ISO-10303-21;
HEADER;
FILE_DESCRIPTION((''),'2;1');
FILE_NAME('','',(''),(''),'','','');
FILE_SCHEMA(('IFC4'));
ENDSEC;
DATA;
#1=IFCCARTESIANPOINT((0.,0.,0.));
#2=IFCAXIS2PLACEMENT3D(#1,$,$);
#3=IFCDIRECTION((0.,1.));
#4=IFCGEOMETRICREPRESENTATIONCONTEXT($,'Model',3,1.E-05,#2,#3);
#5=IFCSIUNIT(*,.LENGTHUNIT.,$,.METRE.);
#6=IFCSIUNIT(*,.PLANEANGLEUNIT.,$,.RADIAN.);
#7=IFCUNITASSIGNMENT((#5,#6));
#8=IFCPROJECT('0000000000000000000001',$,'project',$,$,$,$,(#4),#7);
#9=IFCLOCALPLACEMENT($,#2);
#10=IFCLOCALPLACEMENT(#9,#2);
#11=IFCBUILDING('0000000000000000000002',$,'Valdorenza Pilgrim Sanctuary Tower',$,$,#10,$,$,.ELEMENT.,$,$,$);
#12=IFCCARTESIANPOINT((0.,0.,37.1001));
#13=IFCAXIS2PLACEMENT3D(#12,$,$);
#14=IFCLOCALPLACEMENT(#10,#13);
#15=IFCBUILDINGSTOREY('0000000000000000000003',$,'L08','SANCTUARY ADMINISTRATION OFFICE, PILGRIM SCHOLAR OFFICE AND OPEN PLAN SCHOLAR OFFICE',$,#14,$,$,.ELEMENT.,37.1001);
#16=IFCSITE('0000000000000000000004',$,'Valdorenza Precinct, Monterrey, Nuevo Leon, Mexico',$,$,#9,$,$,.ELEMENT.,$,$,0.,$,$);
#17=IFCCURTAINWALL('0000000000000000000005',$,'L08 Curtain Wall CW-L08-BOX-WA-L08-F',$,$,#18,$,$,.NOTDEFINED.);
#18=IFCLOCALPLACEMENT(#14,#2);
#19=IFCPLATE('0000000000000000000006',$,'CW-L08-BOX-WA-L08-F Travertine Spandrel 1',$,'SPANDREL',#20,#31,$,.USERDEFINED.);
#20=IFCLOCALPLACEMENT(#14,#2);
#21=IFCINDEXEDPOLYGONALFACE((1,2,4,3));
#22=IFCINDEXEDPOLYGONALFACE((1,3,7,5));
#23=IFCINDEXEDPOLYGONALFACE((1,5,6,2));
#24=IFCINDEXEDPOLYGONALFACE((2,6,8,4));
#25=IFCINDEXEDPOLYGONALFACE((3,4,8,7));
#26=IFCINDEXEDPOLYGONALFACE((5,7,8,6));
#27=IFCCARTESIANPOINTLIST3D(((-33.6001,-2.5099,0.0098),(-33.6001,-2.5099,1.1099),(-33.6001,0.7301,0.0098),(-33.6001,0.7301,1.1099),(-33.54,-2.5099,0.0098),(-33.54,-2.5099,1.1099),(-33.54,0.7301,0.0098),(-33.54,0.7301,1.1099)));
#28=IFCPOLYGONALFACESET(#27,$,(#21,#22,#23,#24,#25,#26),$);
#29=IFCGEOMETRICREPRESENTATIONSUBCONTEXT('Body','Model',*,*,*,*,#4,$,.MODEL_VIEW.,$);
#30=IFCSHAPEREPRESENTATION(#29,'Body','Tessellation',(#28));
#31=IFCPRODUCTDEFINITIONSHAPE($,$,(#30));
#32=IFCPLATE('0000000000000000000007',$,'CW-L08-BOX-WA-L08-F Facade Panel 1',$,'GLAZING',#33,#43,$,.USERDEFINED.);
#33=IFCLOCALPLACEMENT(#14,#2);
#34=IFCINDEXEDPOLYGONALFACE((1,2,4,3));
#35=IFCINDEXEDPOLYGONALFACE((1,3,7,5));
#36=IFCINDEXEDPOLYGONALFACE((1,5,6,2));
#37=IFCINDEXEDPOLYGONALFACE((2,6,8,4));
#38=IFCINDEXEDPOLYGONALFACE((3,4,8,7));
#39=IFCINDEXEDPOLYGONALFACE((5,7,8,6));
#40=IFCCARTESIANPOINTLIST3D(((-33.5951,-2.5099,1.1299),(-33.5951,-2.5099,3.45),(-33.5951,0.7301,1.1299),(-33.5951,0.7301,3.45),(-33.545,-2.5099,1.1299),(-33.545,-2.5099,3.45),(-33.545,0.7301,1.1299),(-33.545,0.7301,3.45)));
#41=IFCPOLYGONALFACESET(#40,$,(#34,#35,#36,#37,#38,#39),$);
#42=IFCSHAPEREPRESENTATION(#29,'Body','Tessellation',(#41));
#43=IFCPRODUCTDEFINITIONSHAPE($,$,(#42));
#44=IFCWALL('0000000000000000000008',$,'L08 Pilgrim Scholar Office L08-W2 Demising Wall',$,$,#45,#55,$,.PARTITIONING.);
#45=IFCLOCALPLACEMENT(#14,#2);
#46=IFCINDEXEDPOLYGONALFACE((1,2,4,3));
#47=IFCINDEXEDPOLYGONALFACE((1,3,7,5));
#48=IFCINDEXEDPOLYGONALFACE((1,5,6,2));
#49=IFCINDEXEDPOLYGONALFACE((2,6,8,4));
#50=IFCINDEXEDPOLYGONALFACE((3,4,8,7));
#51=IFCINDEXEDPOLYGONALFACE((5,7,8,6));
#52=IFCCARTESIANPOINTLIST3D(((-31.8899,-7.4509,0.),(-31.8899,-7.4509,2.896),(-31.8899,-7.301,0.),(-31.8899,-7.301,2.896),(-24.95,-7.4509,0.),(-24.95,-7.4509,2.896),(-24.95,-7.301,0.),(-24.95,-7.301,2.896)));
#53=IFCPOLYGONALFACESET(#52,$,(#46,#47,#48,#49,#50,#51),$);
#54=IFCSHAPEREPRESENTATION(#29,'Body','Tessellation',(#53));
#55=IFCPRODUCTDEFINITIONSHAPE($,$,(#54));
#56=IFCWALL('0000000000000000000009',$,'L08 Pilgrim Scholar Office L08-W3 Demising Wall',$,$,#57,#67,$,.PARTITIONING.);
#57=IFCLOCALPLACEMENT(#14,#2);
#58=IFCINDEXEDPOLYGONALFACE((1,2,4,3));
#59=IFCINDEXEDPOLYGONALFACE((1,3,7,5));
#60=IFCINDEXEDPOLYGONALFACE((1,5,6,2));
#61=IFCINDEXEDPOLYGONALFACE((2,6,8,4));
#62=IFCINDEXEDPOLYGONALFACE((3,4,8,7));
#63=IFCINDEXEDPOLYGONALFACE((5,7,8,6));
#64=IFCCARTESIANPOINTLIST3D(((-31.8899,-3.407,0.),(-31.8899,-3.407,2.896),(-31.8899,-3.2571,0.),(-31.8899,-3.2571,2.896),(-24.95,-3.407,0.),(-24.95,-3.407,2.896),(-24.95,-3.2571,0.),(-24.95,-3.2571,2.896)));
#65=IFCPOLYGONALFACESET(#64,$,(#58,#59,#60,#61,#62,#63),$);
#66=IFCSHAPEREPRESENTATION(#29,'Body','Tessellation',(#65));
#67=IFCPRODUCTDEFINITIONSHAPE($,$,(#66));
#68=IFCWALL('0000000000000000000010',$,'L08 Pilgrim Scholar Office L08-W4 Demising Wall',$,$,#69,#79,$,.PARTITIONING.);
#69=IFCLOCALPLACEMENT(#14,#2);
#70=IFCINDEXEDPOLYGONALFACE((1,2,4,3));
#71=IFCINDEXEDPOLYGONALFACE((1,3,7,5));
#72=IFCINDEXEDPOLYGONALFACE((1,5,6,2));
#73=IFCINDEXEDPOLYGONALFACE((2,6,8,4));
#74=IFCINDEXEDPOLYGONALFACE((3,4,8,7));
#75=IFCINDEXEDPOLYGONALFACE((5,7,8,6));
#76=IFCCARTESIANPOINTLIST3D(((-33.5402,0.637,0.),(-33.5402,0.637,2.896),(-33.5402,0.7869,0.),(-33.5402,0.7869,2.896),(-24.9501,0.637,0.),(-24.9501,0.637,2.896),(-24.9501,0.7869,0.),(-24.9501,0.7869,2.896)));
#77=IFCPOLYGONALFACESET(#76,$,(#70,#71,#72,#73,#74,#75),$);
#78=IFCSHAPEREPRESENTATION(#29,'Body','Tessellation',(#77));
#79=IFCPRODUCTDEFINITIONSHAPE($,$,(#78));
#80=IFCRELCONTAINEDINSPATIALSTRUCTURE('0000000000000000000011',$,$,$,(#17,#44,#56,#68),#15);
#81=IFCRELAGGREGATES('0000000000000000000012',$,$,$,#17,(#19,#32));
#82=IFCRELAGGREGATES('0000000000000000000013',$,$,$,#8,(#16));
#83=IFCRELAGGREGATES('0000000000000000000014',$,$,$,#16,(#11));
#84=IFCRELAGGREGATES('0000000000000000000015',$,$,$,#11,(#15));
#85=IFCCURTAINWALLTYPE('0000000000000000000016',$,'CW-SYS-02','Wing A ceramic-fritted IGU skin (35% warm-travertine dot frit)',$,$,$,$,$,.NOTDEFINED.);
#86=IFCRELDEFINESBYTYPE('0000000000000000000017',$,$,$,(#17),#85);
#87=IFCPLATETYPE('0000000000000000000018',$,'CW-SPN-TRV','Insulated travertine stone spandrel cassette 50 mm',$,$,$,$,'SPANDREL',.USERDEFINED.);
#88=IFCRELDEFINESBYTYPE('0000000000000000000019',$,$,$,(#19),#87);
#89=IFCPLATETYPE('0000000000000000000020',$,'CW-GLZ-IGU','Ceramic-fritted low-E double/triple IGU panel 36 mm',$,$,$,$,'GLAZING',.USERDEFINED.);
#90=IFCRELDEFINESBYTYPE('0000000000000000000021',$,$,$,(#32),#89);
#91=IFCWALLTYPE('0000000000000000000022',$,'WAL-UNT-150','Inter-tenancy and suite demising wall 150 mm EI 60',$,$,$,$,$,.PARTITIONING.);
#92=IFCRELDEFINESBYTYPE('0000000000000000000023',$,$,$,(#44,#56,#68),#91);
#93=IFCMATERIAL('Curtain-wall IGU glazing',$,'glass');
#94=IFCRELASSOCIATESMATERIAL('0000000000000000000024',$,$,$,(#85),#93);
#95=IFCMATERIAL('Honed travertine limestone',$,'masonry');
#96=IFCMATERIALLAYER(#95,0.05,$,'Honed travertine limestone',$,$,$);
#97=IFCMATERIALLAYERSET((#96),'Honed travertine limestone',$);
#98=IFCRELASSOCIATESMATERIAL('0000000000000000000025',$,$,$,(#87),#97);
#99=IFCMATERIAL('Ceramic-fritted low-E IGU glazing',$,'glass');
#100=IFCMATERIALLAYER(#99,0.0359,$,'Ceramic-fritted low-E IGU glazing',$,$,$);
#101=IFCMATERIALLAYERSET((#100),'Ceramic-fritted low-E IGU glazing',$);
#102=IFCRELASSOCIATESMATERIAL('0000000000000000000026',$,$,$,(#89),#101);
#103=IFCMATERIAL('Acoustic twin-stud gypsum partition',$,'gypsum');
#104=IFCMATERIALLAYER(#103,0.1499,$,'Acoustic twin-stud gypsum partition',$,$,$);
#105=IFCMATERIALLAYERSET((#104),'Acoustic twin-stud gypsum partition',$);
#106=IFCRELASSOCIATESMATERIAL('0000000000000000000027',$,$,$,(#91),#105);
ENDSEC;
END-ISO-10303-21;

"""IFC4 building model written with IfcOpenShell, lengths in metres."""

from ifc_helpers import new_model, si_unit, direction, frame, frame_2d, origin, origin_2d, place, context, subcontext, project, spatial, rectangle, extrude, source, transform, mapped, material, layer, layer_set, type_object, element, aggregate, save


model = new_model("IFC4")

# Units and contexts
model_context = context("Model", 3, precision=1e-05, world=origin(), true_north=direction((0.0, 1.0)))
body_context = subcontext(model_context, "Body", "Model", "MODEL_VIEW")
ifc_project = project(units=[si_unit("LENGTHUNIT", "METRE"), si_unit("PLANEANGLEUNIT", "RADIAN")], contexts=[model_context])

# Site, building, storey
site_placement = place(None, origin())
site = spatial("IfcSite", under=ifc_project, at=site_placement, Name="Valdorenza Precinct, Monterrey, Nuevo Leon, Mexico", CompositionType="ELEMENT", RefElevation=0.0)
building_placement = place(site_placement, origin())
building = spatial("IfcBuilding", under=site, at=building_placement, Name="Valdorenza Pilgrim Sanctuary Tower", CompositionType="ELEMENT")
storey_placement = place(building_placement, frame((0.0, 0.0, 37.1001)))
storey = spatial("IfcBuildingStorey", under=building, at=storey_placement, Name="L08", Description="SANCTUARY ADMINISTRATION OFFICE, PILGRIM SCHOLAR OFFICE AND OPEN PLAN SCHOLAR OFFICE", CompositionType="ELEMENT", Elevation=37.1001)

# Shared definitions
ifc_material_1 = material(Name="Curtain-wall IGU glazing", Category="glass")
curtain_wall_type = type_object("IfcCurtainWallType", Name="CW-SYS-02", Description="Wing A ceramic-fritted IGU skin (35% warm-travertine dot frit)", PredefinedType="NOTDEFINED", material=ifc_material_1)

# Curtain wall
curtain_wall_1_placement = place(storey_placement, origin())
curtain_wall_1 = element("IfcCurtainWall", 1, at=curtain_wall_1_placement, inside=storey, type_object=curtain_wall_type, Name="L08 Curtain Wall CW-L08-BOX-WA-L08-F", PredefinedType="NOTDEFINED")

# Plates
ifc_material_2 = material(Name="Honed travertine limestone", Category="masonry")
ifc_layer_1 = layer(ifc_material_2, 0.05, Name="Honed travertine limestone")
ifc_layer_set_1 = layer_set([ifc_layer_1], Name="Honed travertine limestone")
plate_type_1 = type_object("IfcPlateType", Name="CW-SPN-TRV", Description="Insulated travertine stone spandrel cassette 50 mm", ElementType="SPANDREL", PredefinedType="USERDEFINED", material=ifc_layer_set_1)
ifc_material_3 = material(Name="Ceramic-fritted low-E IGU glazing", Category="glass")
ifc_layer_2 = layer(ifc_material_3, 0.0359, Name="Ceramic-fritted low-E IGU glazing")
ifc_layer_set_2 = layer_set([ifc_layer_2], Name="Ceramic-fritted low-E IGU glazing")
plate_type_2 = type_object("IfcPlateType", Name="CW-GLZ-IGU", Description="Ceramic-fritted low-E double/triple IGU panel 36 mm", ElementType="GLAZING", PredefinedType="USERDEFINED", material=ifc_layer_set_2)
shared_shape_1 = source(origin(), body_context, "Body", "SweptSolid", [
    extrude(rectangle(XDim=3.24, YDim=0.0601, at=origin_2d()), origin(), (0.0, 0.0, 1.0), 1.1001),
])
plate_1_placement = place(storey_placement, frame((-33.5701, -0.8899, 0.0098), z_axis=(0.0, 0.0, 1.0), x_axis=(0.0, 1.0, 0.0)))
plate_1 = element("IfcPlate", 2, at=plate_1_placement, type_object=plate_type_1, Name="CW-L08-BOX-WA-L08-F Travertine Spandrel 1", ObjectType="SPANDREL", PredefinedType="USERDEFINED", context=body_context, shape_type="MappedRepresentation", body=[
    mapped(shared_shape_1, transform((0.0, 0.0, 0.0), x_axis=(1.0, 0.0, 0.0), y_axis=(0.0, 1.0, 0.0), z_axis=(0.0, 0.0, 1.0), scale=1.0)),
])
shared_shape_2 = source(origin(), body_context, "Body", "SweptSolid", [
    extrude(rectangle(XDim=3.24, YDim=0.05, at=origin_2d()), origin(), (0.0, 0.0, 1.0), 2.3201),
])
plate_2_placement = place(storey_placement, frame((-33.5701, -0.8899, 1.1299), z_axis=(0.0, 0.0, 1.0), x_axis=(0.0, 1.0, 0.0)))
plate_2 = element("IfcPlate", 3, at=plate_2_placement, type_object=plate_type_2, Name="CW-L08-BOX-WA-L08-F Facade Panel 1", ObjectType="GLAZING", PredefinedType="USERDEFINED", context=body_context, shape_type="MappedRepresentation", body=[
    mapped(shared_shape_2, transform((0.0, 0.0, 0.0), x_axis=(1.0, 0.0, 0.0), y_axis=(0.0, 1.0, 0.0), z_axis=(0.0, 0.0, 1.0), scale=1.0)),
])
aggregate(curtain_wall_1, [plate_1, plate_2])

# Walls
ifc_material_4 = material(Name="Acoustic twin-stud gypsum partition", Category="gypsum")
ifc_layer_3 = layer(ifc_material_4, 0.1499, Name="Acoustic twin-stud gypsum partition")
ifc_layer_set_3 = layer_set([ifc_layer_3], Name="Acoustic twin-stud gypsum partition")
wall_type = type_object("IfcWallType", Name="WAL-UNT-150", Description="Inter-tenancy and suite demising wall 150 mm EI 60", PredefinedType="PARTITIONING", material=ifc_layer_set_3)
for number, where, z_axis, x_axis, name in (
    (4, (-31.8899, -7.376, 0.0), (0.0, 0.0, 1.0), (1.0, 0.0, 0.0), "L08 Pilgrim Scholar Office L08-W2 Demising Wall"),
    (5, (-31.8899, -3.332, 0.0), (0.0, 0.0, 1.0), (1.0, 0.0, 0.0), "L08 Pilgrim Scholar Office L08-W3 Demising Wall"),
):
    element("IfcWall", number, at=place(storey_placement, frame(where, z_axis=z_axis, x_axis=x_axis)), inside=storey, type_object=wall_type, Name=name, PredefinedType="PARTITIONING", context=body_context, shape_type="SweptSolid", body=[
        extrude(rectangle(XDim=6.9399, YDim=0.1499, at=frame_2d((3.47, 0.0))), origin(), (0.0, 0.0, 1.0), 2.896),
    ])
wall_placement = place(storey_placement, frame((-33.54, 0.7119, 0.0), z_axis=(0.0, 0.0, 1.0), x_axis=(1.0, 0.0, 0.0)))
element("IfcWall", 6, at=wall_placement, inside=storey, type_object=wall_type, Name="L08 Pilgrim Scholar Office L08-W4 Demising Wall", PredefinedType="PARTITIONING", context=body_context, shape_type="SweptSolid", body=[
    extrude(rectangle(XDim=8.5901, YDim=0.1499, at=frame_2d((4.2949, 0.0))), origin(), (0.0, 0.0, 1.0), 2.896),
])

save(model, "model.ifc")
